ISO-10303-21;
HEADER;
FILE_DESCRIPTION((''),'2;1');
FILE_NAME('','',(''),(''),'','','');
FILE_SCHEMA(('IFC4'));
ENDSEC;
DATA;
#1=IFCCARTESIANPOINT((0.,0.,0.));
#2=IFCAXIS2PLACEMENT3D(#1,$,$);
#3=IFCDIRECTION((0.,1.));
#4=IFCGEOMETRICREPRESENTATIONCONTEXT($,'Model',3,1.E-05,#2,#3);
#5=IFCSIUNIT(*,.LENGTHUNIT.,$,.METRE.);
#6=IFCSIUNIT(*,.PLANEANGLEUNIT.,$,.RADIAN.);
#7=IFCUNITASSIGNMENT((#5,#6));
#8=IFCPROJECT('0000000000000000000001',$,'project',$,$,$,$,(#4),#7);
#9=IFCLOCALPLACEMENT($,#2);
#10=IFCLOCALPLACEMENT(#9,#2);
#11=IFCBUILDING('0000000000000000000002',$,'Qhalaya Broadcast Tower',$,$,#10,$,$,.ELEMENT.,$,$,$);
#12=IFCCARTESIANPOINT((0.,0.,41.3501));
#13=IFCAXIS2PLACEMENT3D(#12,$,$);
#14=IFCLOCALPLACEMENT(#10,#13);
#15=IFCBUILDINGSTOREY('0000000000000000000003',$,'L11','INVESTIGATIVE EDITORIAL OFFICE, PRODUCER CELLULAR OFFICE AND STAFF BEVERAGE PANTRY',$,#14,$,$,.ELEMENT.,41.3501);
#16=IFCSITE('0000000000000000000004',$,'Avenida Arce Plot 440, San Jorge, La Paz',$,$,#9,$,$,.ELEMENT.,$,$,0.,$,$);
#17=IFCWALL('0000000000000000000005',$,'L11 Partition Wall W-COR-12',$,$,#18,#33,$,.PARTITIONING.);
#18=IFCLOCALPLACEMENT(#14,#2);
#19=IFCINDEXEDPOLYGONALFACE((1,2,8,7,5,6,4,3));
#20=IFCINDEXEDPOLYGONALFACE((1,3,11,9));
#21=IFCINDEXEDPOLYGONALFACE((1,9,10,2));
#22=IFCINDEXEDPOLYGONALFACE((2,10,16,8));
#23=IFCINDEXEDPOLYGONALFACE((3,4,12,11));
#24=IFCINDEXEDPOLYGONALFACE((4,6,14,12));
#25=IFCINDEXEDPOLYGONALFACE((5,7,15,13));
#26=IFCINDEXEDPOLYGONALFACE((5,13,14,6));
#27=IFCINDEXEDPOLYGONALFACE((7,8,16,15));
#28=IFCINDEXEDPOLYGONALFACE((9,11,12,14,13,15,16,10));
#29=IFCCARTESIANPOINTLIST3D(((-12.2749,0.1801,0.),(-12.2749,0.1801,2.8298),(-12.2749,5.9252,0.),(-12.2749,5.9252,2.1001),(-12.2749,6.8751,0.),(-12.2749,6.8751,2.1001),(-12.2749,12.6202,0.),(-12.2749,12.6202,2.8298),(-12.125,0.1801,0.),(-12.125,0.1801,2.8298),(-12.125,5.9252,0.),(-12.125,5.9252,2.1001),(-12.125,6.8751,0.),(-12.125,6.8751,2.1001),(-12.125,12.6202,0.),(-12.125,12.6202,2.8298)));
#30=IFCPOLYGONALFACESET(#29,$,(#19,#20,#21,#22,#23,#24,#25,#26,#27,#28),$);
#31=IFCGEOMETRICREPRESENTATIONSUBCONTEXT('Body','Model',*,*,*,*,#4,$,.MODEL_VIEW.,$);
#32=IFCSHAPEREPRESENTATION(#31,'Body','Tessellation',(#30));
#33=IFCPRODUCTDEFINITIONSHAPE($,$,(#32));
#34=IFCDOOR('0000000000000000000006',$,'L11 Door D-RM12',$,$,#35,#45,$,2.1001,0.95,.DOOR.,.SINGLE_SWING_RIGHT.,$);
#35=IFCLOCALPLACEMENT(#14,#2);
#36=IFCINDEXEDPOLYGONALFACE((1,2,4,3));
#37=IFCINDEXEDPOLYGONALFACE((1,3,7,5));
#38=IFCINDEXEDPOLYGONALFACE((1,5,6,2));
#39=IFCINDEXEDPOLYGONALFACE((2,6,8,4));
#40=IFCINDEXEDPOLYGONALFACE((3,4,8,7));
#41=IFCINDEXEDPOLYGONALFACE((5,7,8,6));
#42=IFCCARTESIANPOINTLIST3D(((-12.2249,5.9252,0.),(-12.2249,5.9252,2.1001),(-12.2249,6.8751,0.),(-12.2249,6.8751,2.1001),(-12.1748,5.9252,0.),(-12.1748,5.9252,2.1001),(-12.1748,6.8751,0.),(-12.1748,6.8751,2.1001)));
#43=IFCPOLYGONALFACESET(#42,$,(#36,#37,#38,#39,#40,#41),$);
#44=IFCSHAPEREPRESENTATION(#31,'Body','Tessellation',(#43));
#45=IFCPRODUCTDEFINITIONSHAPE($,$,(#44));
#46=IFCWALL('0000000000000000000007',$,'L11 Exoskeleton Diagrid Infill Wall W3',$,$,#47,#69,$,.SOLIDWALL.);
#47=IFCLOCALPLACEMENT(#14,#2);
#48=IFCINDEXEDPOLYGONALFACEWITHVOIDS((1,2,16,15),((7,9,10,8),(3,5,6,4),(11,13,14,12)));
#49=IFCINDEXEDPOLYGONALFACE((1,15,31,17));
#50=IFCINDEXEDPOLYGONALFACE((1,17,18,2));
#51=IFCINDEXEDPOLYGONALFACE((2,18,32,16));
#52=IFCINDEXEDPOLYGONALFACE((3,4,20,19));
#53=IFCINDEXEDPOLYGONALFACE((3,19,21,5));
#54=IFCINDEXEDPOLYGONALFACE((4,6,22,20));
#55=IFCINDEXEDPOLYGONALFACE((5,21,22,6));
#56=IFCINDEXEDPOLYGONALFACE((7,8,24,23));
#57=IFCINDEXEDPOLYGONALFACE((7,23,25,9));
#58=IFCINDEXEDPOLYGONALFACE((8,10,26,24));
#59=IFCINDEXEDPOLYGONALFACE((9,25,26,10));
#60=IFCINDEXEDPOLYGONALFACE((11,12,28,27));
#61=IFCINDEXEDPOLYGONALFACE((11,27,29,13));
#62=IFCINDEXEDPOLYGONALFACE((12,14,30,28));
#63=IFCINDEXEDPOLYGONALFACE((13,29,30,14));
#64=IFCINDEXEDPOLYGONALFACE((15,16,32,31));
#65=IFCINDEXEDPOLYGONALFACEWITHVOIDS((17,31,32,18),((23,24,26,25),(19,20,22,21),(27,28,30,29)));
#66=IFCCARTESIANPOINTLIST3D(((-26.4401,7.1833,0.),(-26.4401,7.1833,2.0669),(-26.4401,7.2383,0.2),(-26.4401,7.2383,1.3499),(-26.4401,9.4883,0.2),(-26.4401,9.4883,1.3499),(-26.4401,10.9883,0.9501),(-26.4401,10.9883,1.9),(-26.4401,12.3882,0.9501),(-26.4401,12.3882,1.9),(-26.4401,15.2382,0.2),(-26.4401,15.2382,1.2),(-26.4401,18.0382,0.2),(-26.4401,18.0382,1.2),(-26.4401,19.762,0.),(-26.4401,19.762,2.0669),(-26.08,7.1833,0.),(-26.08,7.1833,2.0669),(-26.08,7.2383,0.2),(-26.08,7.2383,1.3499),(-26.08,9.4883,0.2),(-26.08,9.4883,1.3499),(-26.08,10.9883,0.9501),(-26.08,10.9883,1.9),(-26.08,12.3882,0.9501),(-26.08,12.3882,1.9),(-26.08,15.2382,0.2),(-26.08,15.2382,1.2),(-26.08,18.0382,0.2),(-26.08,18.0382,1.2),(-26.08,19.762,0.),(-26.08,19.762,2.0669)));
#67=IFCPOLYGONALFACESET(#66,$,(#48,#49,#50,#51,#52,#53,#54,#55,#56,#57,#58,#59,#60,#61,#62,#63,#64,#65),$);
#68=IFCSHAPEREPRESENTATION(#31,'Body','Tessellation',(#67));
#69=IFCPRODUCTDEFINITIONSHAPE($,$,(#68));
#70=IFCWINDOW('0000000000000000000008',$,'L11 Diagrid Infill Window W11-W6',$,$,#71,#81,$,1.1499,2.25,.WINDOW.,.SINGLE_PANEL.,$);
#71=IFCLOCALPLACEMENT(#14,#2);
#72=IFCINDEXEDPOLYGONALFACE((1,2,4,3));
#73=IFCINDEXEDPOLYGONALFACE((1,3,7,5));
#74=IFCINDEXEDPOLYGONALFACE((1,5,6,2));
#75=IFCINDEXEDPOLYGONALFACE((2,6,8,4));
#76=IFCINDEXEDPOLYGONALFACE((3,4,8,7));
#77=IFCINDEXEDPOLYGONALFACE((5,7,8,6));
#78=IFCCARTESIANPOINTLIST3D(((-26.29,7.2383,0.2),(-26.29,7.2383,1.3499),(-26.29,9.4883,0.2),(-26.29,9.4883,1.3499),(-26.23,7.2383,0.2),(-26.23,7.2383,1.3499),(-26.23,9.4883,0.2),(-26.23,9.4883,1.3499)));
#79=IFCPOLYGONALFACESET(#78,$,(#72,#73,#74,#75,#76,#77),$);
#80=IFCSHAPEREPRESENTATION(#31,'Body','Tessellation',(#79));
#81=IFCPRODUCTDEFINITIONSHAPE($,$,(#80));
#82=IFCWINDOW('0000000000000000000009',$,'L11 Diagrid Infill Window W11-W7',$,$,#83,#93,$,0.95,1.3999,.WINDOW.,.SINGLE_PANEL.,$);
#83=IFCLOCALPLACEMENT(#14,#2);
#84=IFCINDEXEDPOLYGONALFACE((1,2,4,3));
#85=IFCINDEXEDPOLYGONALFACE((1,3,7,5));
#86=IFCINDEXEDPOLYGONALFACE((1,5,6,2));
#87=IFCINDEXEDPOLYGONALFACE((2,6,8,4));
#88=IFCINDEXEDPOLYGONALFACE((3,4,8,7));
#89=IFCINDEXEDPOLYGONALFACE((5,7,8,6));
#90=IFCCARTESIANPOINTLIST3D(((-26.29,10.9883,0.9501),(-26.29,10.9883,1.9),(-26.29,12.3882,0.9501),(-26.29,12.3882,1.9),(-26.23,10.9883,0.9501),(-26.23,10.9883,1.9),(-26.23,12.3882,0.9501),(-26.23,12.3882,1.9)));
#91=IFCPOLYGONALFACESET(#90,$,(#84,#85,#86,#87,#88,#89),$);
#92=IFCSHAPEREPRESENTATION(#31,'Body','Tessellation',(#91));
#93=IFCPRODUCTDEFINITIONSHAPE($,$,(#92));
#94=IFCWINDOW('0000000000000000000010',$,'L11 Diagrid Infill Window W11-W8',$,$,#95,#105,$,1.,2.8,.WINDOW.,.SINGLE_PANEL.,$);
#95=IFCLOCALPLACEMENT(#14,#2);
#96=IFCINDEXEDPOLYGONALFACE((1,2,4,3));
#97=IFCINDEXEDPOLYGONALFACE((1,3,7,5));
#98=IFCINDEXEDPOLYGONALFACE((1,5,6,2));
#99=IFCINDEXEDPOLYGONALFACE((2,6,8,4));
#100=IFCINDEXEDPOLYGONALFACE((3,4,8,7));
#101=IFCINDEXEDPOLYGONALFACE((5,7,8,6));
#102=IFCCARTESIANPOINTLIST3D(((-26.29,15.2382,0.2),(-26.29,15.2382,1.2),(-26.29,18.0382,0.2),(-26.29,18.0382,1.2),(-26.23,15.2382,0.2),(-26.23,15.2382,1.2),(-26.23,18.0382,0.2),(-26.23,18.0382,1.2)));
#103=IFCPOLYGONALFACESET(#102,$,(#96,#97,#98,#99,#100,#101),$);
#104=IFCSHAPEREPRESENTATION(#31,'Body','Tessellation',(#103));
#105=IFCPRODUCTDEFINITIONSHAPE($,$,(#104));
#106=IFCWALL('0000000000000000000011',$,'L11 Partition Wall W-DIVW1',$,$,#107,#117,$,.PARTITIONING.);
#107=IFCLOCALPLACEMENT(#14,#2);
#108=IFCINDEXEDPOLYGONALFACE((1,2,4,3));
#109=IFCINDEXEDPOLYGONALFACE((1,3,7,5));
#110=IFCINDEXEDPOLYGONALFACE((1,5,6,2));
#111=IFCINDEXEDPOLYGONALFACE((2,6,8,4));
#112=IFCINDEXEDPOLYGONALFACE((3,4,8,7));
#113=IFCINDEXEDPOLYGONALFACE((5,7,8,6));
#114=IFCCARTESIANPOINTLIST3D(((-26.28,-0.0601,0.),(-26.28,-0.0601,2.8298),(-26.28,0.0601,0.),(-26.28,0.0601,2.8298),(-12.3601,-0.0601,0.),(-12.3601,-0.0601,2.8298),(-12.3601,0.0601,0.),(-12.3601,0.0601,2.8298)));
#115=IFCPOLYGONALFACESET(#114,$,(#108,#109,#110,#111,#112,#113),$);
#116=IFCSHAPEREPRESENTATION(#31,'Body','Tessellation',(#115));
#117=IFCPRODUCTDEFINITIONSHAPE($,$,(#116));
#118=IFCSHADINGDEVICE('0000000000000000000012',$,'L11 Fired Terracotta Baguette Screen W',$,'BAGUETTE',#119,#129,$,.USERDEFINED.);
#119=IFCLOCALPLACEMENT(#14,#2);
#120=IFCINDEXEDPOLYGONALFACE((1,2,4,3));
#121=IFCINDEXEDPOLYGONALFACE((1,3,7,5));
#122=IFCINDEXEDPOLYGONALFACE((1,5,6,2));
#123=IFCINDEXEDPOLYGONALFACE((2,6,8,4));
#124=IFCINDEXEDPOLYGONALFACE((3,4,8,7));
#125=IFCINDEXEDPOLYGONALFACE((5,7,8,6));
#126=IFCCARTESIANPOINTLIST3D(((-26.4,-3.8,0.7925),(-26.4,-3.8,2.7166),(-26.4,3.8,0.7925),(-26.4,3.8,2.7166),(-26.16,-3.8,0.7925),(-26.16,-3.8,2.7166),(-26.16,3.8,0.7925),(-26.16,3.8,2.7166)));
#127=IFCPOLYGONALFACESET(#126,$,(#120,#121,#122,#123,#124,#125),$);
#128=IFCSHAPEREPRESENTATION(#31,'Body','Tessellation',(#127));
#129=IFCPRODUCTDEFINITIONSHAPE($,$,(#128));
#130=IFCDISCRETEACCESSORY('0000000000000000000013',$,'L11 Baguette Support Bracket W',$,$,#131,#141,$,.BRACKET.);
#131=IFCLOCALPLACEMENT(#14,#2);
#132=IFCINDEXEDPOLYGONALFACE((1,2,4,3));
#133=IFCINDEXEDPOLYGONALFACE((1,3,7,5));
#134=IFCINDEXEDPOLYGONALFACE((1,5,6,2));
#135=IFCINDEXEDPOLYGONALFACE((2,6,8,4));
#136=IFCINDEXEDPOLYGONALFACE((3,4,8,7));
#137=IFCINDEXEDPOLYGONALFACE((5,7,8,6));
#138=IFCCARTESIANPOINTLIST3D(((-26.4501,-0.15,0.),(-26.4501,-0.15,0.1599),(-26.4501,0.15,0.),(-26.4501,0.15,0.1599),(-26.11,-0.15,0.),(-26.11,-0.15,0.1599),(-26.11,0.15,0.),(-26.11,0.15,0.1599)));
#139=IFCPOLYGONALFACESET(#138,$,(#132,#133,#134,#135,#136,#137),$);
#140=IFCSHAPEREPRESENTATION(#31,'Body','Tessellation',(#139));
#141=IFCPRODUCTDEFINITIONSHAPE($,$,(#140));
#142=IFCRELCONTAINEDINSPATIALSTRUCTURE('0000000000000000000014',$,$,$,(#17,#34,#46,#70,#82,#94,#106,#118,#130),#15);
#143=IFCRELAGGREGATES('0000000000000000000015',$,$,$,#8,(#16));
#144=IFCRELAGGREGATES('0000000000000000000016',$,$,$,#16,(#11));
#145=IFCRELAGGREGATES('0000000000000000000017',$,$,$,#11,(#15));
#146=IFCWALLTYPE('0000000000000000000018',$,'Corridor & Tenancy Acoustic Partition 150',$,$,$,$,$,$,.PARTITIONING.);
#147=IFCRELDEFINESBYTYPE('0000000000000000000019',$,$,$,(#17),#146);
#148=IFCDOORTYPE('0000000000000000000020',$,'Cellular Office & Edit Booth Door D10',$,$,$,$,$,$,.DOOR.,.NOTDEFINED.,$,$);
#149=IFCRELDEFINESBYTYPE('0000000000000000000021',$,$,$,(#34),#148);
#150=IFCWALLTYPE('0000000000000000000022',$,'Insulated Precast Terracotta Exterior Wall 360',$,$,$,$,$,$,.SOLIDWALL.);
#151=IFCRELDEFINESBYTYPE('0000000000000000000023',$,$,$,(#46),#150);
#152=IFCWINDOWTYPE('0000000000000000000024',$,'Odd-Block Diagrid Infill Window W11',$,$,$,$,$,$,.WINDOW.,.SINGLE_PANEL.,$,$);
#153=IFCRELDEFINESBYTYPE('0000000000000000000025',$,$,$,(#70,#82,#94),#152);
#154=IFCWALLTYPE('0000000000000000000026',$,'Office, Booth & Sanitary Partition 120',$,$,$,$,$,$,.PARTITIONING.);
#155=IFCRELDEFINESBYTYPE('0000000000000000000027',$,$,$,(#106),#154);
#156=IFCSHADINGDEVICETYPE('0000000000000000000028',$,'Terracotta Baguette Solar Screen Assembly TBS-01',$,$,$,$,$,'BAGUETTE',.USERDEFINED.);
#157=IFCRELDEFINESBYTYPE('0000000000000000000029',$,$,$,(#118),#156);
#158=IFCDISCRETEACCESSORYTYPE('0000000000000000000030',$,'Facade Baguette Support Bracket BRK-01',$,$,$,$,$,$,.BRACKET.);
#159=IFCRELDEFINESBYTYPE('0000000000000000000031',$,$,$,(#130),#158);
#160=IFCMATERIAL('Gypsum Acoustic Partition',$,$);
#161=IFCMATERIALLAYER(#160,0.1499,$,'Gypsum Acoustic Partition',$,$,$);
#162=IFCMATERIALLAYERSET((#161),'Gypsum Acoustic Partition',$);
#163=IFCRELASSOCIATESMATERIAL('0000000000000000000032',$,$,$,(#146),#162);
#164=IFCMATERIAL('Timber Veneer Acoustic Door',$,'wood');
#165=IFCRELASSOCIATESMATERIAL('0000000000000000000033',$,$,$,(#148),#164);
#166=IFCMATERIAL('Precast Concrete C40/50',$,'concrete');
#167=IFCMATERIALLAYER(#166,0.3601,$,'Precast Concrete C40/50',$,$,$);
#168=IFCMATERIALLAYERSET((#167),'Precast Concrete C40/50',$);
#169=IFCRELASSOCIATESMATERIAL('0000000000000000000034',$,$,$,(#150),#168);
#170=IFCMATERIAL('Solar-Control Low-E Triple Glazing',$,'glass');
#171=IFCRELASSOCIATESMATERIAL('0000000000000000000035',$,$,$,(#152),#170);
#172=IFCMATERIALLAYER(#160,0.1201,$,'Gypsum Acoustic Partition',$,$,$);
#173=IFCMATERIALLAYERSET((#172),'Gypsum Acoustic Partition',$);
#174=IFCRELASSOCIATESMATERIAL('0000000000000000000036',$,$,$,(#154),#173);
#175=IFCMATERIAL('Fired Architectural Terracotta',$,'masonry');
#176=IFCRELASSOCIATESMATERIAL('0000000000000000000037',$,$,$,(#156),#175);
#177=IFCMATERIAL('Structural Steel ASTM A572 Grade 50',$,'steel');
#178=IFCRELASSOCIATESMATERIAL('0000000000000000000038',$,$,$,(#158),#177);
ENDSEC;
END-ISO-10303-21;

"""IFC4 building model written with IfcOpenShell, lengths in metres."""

from ifc_helpers import new_model, si_unit, direction, frame, frame_2d, origin, origin_2d, place, context, subcontext, project, spatial, rectangle, extrude, material, layer, layer_set, type_object, element, fill, save


model = new_model("IFC4")

# Units and contexts
model_context = context("Model", 3, precision=1e-05, world=origin(), true_north=direction((0.0, 1.0)))
body_context = subcontext(model_context, "Body", "Model", "MODEL_VIEW")
ifc_project = project(units=[si_unit("LENGTHUNIT", "METRE"), si_unit("PLANEANGLEUNIT", "RADIAN")], contexts=[model_context])

# Site, building, storey
site_placement = place(None, origin())
site = spatial("IfcSite", under=ifc_project, at=site_placement, Name="Avenida Arce Plot 440, San Jorge, La Paz", CompositionType="ELEMENT", RefElevation=0.0)
building_placement = place(site_placement, origin())
building = spatial("IfcBuilding", under=site, at=building_placement, Name="Qhalaya Broadcast Tower", CompositionType="ELEMENT")
storey_placement = place(building_placement, frame((0.0, 0.0, 41.3501)))
storey = spatial("IfcBuildingStorey", under=building, at=storey_placement, Name="L11", Description="INVESTIGATIVE EDITORIAL OFFICE, PRODUCER CELLULAR OFFICE AND STAFF BEVERAGE PANTRY", CompositionType="ELEMENT", Elevation=41.3501)

# Shared definitions
ifc_material_1 = material(Name="Structural Steel ASTM A572 Grade 50", Category="steel")

# Wall, opening, door
ifc_material_2 = material(Name="Gypsum Acoustic Partition")
ifc_layer_1 = layer(ifc_material_2, 0.1499, Name="Gypsum Acoustic Partition")
ifc_layer_set_1 = layer_set([ifc_layer_1], Name="Gypsum Acoustic Partition")
wall_type_1 = type_object("IfcWallType", Name="Corridor & Tenancy Acoustic Partition 150", PredefinedType="PARTITIONING", material=ifc_layer_set_1)
wall_1_placement = place(storey_placement, frame((-12.2, 0.1799, 0.0), z_axis=(0.0, 0.0, 1.0), x_axis=(0.0, 1.0, 0.0)))
wall_1 = element("IfcWall", 1, at=wall_1_placement, inside=storey, type_object=wall_type_1, Name="L11 Partition Wall W-COR-12", PredefinedType="PARTITIONING", context=body_context, shape_type="SweptSolid", body=[
    extrude(rectangle(XDim=12.4402, YDim=0.1499, at=frame_2d((6.2202, 0.0))), origin(), (0.0, 0.0, 1.0), 2.8298),
])
opening_1_placement = place(wall_1_placement, frame((5.7451, 0.0, 0.0)))
opening_1 = element("IfcOpeningElement", 2, at=opening_1_placement, cuts=wall_1, PredefinedType="OPENING", context=body_context, shape_type="SweptSolid", body=[
    extrude(rectangle(XDim=0.95, YDim=2.1001, at=frame_2d((0.4751, 1.05))), frame((0.0, 0.0869, 0.0), z_axis=(0.0, -1.0, 0.0), x_axis=(1.0, 0.0, 0.0)), (0.0, 0.0, 1.0), 0.1738),
])
ifc_material_3 = material(Name="Timber Veneer Acoustic Door", Category="wood")
door_type_1 = type_object("IfcDoorType", Name="Cellular Office & Edit Booth Door D10", OperationType="NOTDEFINED", PredefinedType="DOOR", material=ifc_material_3)
door_1_placement = place(opening_1_placement, origin())
door_1 = element("IfcDoor", 3, at=door_1_placement, inside=storey, type_object=door_type_1, Name="L11 Door D-RM12", OperationType="SINGLE_SWING_RIGHT", OverallHeight=2.1001, OverallWidth=0.95, PredefinedType="DOOR", context=body_context, shape_type="SweptSolid", body=[
    extrude(rectangle(XDim=0.95, YDim=2.1001, at=frame_2d((0.4751, 1.05))), frame((0.0, 0.0249, 0.0), z_axis=(0.0, -1.0, 0.0), x_axis=(1.0, 0.0, 0.0)), (0.0, 0.0, 1.0), 0.05),
])
fill(opening_1, door_1)

# Wall, openings, windows
ifc_material_4 = material(Name="Precast Concrete C40/50", Category="concrete")
ifc_layer_2 = layer(ifc_material_4, 0.3601, Name="Precast Concrete C40/50")
ifc_layer_set_2 = layer_set([ifc_layer_2], Name="Precast Concrete C40/50")
wall_type_2 = type_object("IfcWallType", Name="Insulated Precast Terracotta Exterior Wall 360", PredefinedType="SOLIDWALL", material=ifc_layer_set_2)
wall_2_placement = place(storey_placement, frame((-26.26, 7.1833, 0.0), z_axis=(0.0, 0.0, 1.0), x_axis=(0.0, 1.0, 0.0)))
wall_2 = element("IfcWall", 4, at=wall_2_placement, inside=storey, type_object=wall_type_2, Name="L11 Exoskeleton Diagrid Infill Wall W3", PredefinedType="SOLIDWALL", context=body_context, shape_type="SweptSolid", body=[
    extrude(rectangle(XDim=12.5786, YDim=0.3601, at=frame_2d((6.2893, 0.0))), origin(), (0.0, 0.0, 1.0), 2.0669),
])
opening_2_placement = place(wall_2_placement, frame((0.0549, 0.0, 0.2)))
opening_2 = element("IfcOpeningElement", 5, at=opening_2_placement, cuts=wall_2, PredefinedType="OPENING", context=body_context, shape_type="SweptSolid", body=[
    extrude(rectangle(XDim=2.25, YDim=1.1499, at=frame_2d((1.125, 0.575))), frame((0.0, 0.1921, 0.0), z_axis=(0.0, -1.0, 0.0), x_axis=(1.0, 0.0, 0.0)), (0.0, 0.0, 1.0), 0.384),
])
opening_3_placement = place(wall_2_placement, frame((3.8049, 0.0, 0.95)))
opening_3 = element("IfcOpeningElement", 6, at=opening_3_placement, cuts=wall_2, PredefinedType="OPENING", context=body_context, shape_type="SweptSolid", body=[
    extrude(rectangle(XDim=1.3999, YDim=0.95, at=frame_2d((0.7, 0.4751))), frame((0.0, 0.1921, 0.0), z_axis=(0.0, -1.0, 0.0), x_axis=(1.0, 0.0, 0.0)), (0.0, 0.0, 1.0), 0.384),
])
opening_4_placement = place(wall_2_placement, frame((8.0549, 0.0, 0.2)))
opening_4 = element("IfcOpeningElement", 7, at=opening_4_placement, cuts=wall_2, PredefinedType="OPENING", context=body_context, shape_type="SweptSolid", body=[
    extrude(rectangle(XDim=2.8, YDim=1.0, at=frame_2d((1.3999, 0.5))), frame((0.0, 0.1921, 0.0), z_axis=(0.0, -1.0, 0.0), x_axis=(1.0, 0.0, 0.0)), (0.0, 0.0, 1.0), 0.384),
])
ifc_material_5 = material(Name="Solar-Control Low-E Triple Glazing", Category="glass")
window_type = type_object("IfcWindowType", Name="Odd-Block Diagrid Infill Window W11", PartitioningType="SINGLE_PANEL", PredefinedType="WINDOW", material=ifc_material_5)
window_1_placement = place(opening_2_placement, origin())
window_1 = element("IfcWindow", 8, at=window_1_placement, inside=storey, type_object=window_type, Name="L11 Diagrid Infill Window W11-W6", OverallHeight=1.1499, OverallWidth=2.25, PartitioningType="SINGLE_PANEL", PredefinedType="WINDOW", context=body_context, shape_type="SweptSolid", body=[
    extrude(rectangle(XDim=2.25, YDim=1.1499, at=frame_2d((1.125, 0.575))), frame((0.0, 0.03, 0.0), z_axis=(0.0, -1.0, 0.0), x_axis=(1.0, 0.0, 0.0)), (0.0, 0.0, 1.0), 0.0601),
])
fill(opening_2, window_1)
window_2_placement = place(opening_3_placement, origin())
window_2 = element("IfcWindow", 9, at=window_2_placement, inside=storey, type_object=window_type, Name="L11 Diagrid Infill Window W11-W7", OverallHeight=0.95, OverallWidth=1.3999, PartitioningType="SINGLE_PANEL", PredefinedType="WINDOW", context=body_context, shape_type="SweptSolid", body=[
    extrude(rectangle(XDim=1.3999, YDim=0.95, at=frame_2d((0.7, 0.4751))), frame((0.0, 0.03, 0.0), z_axis=(0.0, -1.0, 0.0), x_axis=(1.0, 0.0, 0.0)), (0.0, 0.0, 1.0), 0.0601),
])
fill(opening_3, window_2)
window_3_placement = place(opening_4_placement, origin())
window_3 = element("IfcWindow", 10, at=window_3_placement, inside=storey, type_object=window_type, Name="L11 Diagrid Infill Window W11-W8", OverallHeight=1.0, OverallWidth=2.8, PartitioningType="SINGLE_PANEL", PredefinedType="WINDOW", context=body_context, shape_type="SweptSolid", body=[
    extrude(rectangle(XDim=2.8, YDim=1.0, at=frame_2d((1.3999, 0.5))), frame((0.0, 0.03, 0.0), z_axis=(0.0, -1.0, 0.0), x_axis=(1.0, 0.0, 0.0)), (0.0, 0.0, 1.0), 0.0601),
])
fill(opening_4, window_3)

# Wall
ifc_layer_3 = layer(ifc_material_2, 0.1201, Name="Gypsum Acoustic Partition")
ifc_layer_set_3 = layer_set([ifc_layer_3], Name="Gypsum Acoustic Partition")
wall_type_3 = type_object("IfcWallType", Name="Office, Booth & Sanitary Partition 120", PredefinedType="PARTITIONING", material=ifc_layer_set_3)
wall_3_placement = place(storey_placement, frame((-26.28, 0.0, 0.0), z_axis=(0.0, 0.0, 1.0), x_axis=(1.0, 0.0, 0.0)))
element("IfcWall", 11, at=wall_3_placement, inside=storey, type_object=wall_type_3, Name="L11 Partition Wall W-DIVW1", PredefinedType="PARTITIONING", context=body_context, shape_type="SweptSolid", body=[
    extrude(rectangle(XDim=13.9199, YDim=0.1201, at=frame_2d((6.96, 0.0))), origin(), (0.0, 0.0, 1.0), 2.8298),
])

# Shading device
ifc_material_6 = material(Name="Fired Architectural Terracotta", Category="masonry")
shading_device_type = type_object("IfcShadingDeviceType", Name="Terracotta Baguette Solar Screen Assembly TBS-01", ElementType="BAGUETTE", PredefinedType="USERDEFINED", material=ifc_material_6)
shading_device_placement = place(storey_placement, frame((-26.28, 0.0, 0.7925), z_axis=(0.0, 0.0, 1.0), x_axis=(0.0, -1.0, 0.0)))
element("IfcShadingDevice", 12, at=shading_device_placement, inside=storey, type_object=shading_device_type, Name="L11 Fired Terracotta Baguette Screen W", ObjectType="BAGUETTE", PredefinedType="USERDEFINED", context=body_context, shape_type="SweptSolid", body=[
    extrude(rectangle(XDim=7.6001, YDim=0.24, at=origin_2d()), origin(), (0.0, 0.0, 1.0), 1.9241),
])

# Discrete accessory
discrete_accessory_type = type_object("IfcDiscreteAccessoryType", Name="Facade Baguette Support Bracket BRK-01", PredefinedType="BRACKET", material=ifc_material_1)
discrete_accessory_placement = place(storey_placement, frame((-26.28, 0.0, 0.0), z_axis=(0.0, 0.0, 1.0), x_axis=(0.0, -1.0, 0.0)))
element("IfcDiscreteAccessory", 13, at=discrete_accessory_placement, inside=storey, type_object=discrete_accessory_type, Name="L11 Baguette Support Bracket W", PredefinedType="BRACKET", context=body_context, shape_type="SweptSolid", body=[
    extrude(rectangle(XDim=0.3, YDim=0.3401, at=origin_2d()), origin(), (0.0, 0.0, 1.0), 0.1599),
])

save(model, "model.ifc")
